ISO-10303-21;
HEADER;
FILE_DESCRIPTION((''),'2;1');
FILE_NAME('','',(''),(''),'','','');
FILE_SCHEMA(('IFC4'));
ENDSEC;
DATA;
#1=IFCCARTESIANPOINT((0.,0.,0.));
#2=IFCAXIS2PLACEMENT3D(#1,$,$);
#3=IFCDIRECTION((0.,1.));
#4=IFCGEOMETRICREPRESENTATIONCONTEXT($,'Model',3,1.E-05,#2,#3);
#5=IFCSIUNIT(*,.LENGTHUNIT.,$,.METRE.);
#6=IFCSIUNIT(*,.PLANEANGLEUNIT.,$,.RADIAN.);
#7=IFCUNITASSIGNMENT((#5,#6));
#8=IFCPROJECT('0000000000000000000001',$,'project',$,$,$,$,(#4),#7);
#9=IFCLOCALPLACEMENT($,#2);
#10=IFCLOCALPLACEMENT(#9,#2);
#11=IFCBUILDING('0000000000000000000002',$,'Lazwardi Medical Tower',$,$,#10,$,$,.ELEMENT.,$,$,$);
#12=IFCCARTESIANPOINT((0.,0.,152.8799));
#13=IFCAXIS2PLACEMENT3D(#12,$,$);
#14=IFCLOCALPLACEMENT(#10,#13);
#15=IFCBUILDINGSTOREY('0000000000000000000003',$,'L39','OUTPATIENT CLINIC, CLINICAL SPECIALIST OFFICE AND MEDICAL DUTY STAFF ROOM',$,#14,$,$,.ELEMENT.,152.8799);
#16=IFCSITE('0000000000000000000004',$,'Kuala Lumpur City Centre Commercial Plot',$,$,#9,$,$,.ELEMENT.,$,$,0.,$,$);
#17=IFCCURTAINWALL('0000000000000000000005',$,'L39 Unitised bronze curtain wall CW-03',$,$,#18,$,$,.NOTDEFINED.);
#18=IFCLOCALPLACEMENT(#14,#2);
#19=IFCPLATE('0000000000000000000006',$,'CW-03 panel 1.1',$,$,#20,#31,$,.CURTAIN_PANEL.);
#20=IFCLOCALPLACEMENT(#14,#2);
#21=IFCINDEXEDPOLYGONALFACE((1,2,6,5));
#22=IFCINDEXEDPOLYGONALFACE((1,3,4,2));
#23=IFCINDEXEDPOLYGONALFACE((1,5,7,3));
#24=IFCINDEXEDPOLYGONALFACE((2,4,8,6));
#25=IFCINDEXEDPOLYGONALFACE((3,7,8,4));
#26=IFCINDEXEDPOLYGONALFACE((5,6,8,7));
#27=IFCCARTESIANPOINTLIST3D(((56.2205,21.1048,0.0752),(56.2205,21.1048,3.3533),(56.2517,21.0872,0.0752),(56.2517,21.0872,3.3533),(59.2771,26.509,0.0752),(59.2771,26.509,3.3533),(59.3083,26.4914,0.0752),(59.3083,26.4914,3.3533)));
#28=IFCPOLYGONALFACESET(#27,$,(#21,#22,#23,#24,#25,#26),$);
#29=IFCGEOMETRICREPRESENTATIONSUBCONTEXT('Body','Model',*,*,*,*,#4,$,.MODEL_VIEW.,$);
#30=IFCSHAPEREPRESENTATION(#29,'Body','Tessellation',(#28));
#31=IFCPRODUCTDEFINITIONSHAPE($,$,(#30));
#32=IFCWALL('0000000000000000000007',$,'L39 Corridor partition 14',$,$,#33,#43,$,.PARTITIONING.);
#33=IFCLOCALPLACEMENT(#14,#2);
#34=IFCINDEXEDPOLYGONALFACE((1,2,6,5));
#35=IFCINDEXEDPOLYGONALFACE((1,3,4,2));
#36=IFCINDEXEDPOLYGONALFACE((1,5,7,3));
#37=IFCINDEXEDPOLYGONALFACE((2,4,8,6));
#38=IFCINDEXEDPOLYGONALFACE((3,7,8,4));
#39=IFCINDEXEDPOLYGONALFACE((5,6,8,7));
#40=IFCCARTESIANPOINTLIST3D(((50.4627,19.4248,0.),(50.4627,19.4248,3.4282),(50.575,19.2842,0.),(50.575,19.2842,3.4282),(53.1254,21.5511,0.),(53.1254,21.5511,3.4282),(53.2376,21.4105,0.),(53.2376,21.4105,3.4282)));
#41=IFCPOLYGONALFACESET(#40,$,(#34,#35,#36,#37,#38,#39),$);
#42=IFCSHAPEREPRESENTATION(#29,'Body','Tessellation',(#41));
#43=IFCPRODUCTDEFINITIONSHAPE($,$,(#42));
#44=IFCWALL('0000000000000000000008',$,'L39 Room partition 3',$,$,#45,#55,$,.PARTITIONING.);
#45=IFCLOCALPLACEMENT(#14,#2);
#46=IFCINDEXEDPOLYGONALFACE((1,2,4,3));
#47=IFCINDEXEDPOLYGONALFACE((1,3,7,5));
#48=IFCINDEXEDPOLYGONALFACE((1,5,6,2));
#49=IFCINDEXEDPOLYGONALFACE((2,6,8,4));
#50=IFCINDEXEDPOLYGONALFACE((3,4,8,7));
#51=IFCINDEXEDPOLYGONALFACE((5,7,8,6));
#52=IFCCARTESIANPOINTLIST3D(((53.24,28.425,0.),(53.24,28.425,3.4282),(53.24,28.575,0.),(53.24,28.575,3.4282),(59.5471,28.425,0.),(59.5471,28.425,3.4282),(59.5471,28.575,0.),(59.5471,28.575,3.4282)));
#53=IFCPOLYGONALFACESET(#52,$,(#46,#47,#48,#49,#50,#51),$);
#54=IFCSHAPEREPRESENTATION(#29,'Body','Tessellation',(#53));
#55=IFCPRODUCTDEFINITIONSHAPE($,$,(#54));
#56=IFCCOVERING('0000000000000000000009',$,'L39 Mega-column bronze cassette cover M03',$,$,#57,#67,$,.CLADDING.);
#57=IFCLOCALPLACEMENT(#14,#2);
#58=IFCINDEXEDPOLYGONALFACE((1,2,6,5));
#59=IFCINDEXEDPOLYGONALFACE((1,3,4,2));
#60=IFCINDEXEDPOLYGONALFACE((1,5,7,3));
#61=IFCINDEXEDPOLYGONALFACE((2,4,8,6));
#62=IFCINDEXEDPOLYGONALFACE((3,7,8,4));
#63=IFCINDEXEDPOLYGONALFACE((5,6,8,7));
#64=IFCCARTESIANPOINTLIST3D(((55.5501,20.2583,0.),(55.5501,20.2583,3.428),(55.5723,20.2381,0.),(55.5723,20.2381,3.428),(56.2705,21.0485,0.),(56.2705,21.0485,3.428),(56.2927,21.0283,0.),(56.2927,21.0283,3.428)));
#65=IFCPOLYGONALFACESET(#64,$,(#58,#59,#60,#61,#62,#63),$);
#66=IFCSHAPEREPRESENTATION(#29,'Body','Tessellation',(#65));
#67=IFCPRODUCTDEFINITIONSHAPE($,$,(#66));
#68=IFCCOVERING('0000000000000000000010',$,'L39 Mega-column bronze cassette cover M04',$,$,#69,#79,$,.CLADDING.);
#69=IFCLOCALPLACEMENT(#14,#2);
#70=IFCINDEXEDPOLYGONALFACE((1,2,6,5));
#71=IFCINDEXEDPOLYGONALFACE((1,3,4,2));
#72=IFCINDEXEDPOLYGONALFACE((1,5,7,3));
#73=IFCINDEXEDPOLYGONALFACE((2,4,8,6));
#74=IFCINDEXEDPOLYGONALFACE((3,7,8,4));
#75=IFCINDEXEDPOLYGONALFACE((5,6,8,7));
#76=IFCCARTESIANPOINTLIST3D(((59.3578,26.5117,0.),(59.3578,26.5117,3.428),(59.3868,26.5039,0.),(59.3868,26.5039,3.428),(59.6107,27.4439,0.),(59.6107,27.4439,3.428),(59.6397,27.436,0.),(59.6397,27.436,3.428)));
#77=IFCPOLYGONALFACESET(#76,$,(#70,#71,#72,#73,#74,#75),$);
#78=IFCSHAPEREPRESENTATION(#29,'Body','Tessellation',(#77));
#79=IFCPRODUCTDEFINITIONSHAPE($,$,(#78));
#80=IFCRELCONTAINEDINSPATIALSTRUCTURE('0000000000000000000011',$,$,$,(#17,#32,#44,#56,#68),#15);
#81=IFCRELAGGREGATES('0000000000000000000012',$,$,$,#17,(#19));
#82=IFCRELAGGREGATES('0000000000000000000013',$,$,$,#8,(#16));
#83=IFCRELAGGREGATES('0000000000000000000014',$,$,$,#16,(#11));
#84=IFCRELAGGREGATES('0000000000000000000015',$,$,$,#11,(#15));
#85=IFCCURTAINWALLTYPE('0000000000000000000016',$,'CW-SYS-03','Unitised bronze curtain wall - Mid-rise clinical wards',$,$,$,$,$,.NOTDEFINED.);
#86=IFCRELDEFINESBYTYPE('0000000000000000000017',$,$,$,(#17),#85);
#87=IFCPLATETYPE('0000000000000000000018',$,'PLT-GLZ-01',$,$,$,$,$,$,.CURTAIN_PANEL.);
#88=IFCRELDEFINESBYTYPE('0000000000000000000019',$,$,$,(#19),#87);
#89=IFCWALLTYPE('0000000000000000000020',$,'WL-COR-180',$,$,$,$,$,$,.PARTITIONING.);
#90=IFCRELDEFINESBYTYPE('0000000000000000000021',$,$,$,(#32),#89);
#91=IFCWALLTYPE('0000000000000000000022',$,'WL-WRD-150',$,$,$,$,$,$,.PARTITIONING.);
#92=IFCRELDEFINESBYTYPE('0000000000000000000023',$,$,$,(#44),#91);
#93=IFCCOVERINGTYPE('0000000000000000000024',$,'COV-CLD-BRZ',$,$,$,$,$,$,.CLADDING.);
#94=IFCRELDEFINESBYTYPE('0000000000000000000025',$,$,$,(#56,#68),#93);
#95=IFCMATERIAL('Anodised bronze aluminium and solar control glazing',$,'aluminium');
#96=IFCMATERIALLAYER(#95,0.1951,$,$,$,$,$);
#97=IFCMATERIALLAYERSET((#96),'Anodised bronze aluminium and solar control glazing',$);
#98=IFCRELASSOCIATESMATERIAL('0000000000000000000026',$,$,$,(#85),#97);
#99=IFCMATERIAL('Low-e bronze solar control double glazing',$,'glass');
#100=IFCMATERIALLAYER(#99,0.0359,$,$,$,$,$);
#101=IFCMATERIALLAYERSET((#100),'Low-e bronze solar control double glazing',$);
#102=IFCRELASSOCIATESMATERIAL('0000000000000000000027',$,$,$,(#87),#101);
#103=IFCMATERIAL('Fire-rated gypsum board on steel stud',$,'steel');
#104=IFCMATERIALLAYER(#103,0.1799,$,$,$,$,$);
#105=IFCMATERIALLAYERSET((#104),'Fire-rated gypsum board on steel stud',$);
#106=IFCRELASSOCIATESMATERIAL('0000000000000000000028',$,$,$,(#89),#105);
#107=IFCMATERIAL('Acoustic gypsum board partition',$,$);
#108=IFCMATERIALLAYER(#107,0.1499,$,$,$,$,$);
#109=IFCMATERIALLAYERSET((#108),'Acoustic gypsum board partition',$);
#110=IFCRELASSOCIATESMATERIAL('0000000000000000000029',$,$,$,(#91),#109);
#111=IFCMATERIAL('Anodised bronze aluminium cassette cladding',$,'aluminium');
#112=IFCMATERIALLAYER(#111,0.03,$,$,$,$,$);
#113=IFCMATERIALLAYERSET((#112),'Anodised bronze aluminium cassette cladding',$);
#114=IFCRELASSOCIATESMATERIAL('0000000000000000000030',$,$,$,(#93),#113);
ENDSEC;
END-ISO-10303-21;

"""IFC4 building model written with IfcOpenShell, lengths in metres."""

from ifc_helpers import new_model, si_unit, direction, frame, frame_2d, origin, origin_2d, place, context, subcontext, project, spatial, rectangle, extrude, material, layer, layer_set, type_object, element, aggregate, save


model = new_model("IFC4")

# Units and contexts
model_context = context("Model", 3, precision=1e-05, world=origin(), true_north=direction((0.0, 1.0)))
body_context = subcontext(model_context, "Body", "Model", "MODEL_VIEW")
ifc_project = project(units=[si_unit("LENGTHUNIT", "METRE"), si_unit("PLANEANGLEUNIT", "RADIAN")], contexts=[model_context])

# Site, building, storey
site_placement = place(None, origin())
site = spatial("IfcSite", under=ifc_project, at=site_placement, Name="Kuala Lumpur City Centre Commercial Plot", CompositionType="ELEMENT", RefElevation=0.0)
building_placement = place(site_placement, origin())
building = spatial("IfcBuilding", under=site, at=building_placement, Name="Lazwardi Medical Tower", CompositionType="ELEMENT")
storey_placement = place(building_placement, frame((0.0, 0.0, 152.8799)))
storey = spatial("IfcBuildingStorey", under=building, at=storey_placement, Name="L39", Description="OUTPATIENT CLINIC, CLINICAL SPECIALIST OFFICE AND MEDICAL DUTY STAFF ROOM", CompositionType="ELEMENT", Elevation=152.8799)

# Shared definitions
ifc_material_1 = material(Name="Anodised bronze aluminium and solar control glazing", Category="aluminium")
ifc_layer_1 = layer(ifc_material_1, 0.1951)
ifc_layer_set_1 = layer_set([ifc_layer_1], Name="Anodised bronze aluminium and solar control glazing")
curtain_wall_type = type_object("IfcCurtainWallType", Name="CW-SYS-03", Description="Unitised bronze curtain wall - Mid-rise clinical wards", PredefinedType="NOTDEFINED", material=ifc_layer_set_1)

# Curtain wall
curtain_wall_1_placement = place(storey_placement, origin())
curtain_wall_1 = element("IfcCurtainWall", 1, at=curtain_wall_1_placement, inside=storey, type_object=curtain_wall_type, Name="L39 Unitised bronze curtain wall CW-03", PredefinedType="NOTDEFINED")

# Plate
ifc_material_2 = material(Name="Low-e bronze solar control double glazing", Category="glass")
ifc_layer_2 = layer(ifc_material_2, 0.0359)
ifc_layer_set_2 = layer_set([ifc_layer_2], Name="Low-e bronze solar control double glazing")
plate_type = type_object("IfcPlateType", Name="PLT-GLZ-01", PredefinedType="CURTAIN_PANEL", material=ifc_layer_set_2)
plate_1_placement = place(storey_placement, frame((57.7644, 23.7981, 0.0752), z_axis=(0.0, 0.0, 1.0), x_axis=(0.492312, 0.870419, 0.0)))
plate_1 = element("IfcPlate", 2, at=plate_1_placement, type_object=plate_type, Name="CW-03 panel 1.1", PredefinedType="CURTAIN_PANEL", context=body_context, shape_type="SweptSolid", body=[
    extrude(rectangle(XDim=6.2087, YDim=0.0359, at=origin_2d()), origin(), (0.0, 0.0, 1.0), 3.2781),
])
aggregate(curtain_wall_1, [plate_1])

# Walls
ifc_material_3 = material(Name="Fire-rated gypsum board on steel stud", Category="steel")
ifc_layer_3 = layer(ifc_material_3, 0.1799)
ifc_layer_set_3 = layer_set([ifc_layer_3], Name="Fire-rated gypsum board on steel stud")
wall_type_1 = type_object("IfcWallType", Name="WL-COR-180", PredefinedType="PARTITIONING", material=ifc_layer_set_3)
wall_1_placement = place(storey_placement, frame((53.1814, 21.4807, 0.0), z_axis=(0.0, 0.0, 1.0), x_axis=(-0.781421, -0.624005, 0.0)))
element("IfcWall", 3, at=wall_1_placement, inside=storey, type_object=wall_type_1, Name="L39 Corridor partition 14", PredefinedType="PARTITIONING", context=body_context, shape_type="SweptSolid", body=[
    extrude(rectangle(XDim=3.4075, YDim=0.1799, at=frame_2d((1.7036, 0.0))), origin(), (0.0, 0.0, 1.0), 3.4282),
])
ifc_material_4 = material(Name="Acoustic gypsum board partition")
ifc_layer_4 = layer(ifc_material_4, 0.1499)
ifc_layer_set_4 = layer_set([ifc_layer_4], Name="Acoustic gypsum board partition")
wall_type_2 = type_object("IfcWallType", Name="WL-WRD-150", PredefinedType="PARTITIONING", material=ifc_layer_set_4)
wall_2_placement = place(storey_placement, frame((53.24, 28.5, 0.0), z_axis=(0.0, 0.0, 1.0), x_axis=(1.0, 0.0, 0.0)))
element("IfcWall", 4, at=wall_2_placement, inside=storey, type_object=wall_type_2, Name="L39 Room partition 3", PredefinedType="PARTITIONING", context=body_context, shape_type="SweptSolid", body=[
    extrude(rectangle(XDim=6.3071, YDim=0.1499, at=frame_2d((3.1536, 0.0))), origin(), (0.0, 0.0, 1.0), 3.4282),
])

# Coverings
ifc_material_5 = material(Name="Anodised bronze aluminium cassette cladding", Category="aluminium")
ifc_layer_5 = layer(ifc_material_5, 0.03)
ifc_layer_set_5 = layer_set([ifc_layer_5], Name="Anodised bronze aluminium cassette cladding")
covering_type = type_object("IfcCoveringType", Name="COV-CLD-BRZ", PredefinedType="CLADDING", material=ifc_layer_set_5)
covering_1_placement = place(storey_placement, frame((55.9214, 20.6433, 0.0), z_axis=(0.0, 0.0, 1.0), x_axis=(0.673714, 0.738992, 0.0)))
element("IfcCovering", 5, at=covering_1_placement, inside=storey, type_object=covering_type, Name="L39 Mega-column bronze cassette cover M03", PredefinedType="CLADDING", context=body_context, shape_type="SweptSolid", body=[
    extrude(rectangle(XDim=1.0693, YDim=0.03, at=origin_2d()), origin(), (0.0, 0.0, 1.0), 3.428),
])
covering_2_placement = place(storey_placement, frame((59.4988, 26.9739, 0.0), z_axis=(0.0, 0.0, 1.0), x_axis=(0.261829, 0.965114, 0.0)))
element("IfcCovering", 6, at=covering_2_placement, inside=storey, type_object=covering_type, Name="L39 Mega-column bronze cassette cover M04", PredefinedType="CLADDING", context=body_context, shape_type="SweptSolid", body=[
    extrude(rectangle(XDim=0.9658, YDim=0.03, at=origin_2d()), origin(), (0.0, 0.0, 1.0), 3.428),
])

save(model, "model.ifc")
